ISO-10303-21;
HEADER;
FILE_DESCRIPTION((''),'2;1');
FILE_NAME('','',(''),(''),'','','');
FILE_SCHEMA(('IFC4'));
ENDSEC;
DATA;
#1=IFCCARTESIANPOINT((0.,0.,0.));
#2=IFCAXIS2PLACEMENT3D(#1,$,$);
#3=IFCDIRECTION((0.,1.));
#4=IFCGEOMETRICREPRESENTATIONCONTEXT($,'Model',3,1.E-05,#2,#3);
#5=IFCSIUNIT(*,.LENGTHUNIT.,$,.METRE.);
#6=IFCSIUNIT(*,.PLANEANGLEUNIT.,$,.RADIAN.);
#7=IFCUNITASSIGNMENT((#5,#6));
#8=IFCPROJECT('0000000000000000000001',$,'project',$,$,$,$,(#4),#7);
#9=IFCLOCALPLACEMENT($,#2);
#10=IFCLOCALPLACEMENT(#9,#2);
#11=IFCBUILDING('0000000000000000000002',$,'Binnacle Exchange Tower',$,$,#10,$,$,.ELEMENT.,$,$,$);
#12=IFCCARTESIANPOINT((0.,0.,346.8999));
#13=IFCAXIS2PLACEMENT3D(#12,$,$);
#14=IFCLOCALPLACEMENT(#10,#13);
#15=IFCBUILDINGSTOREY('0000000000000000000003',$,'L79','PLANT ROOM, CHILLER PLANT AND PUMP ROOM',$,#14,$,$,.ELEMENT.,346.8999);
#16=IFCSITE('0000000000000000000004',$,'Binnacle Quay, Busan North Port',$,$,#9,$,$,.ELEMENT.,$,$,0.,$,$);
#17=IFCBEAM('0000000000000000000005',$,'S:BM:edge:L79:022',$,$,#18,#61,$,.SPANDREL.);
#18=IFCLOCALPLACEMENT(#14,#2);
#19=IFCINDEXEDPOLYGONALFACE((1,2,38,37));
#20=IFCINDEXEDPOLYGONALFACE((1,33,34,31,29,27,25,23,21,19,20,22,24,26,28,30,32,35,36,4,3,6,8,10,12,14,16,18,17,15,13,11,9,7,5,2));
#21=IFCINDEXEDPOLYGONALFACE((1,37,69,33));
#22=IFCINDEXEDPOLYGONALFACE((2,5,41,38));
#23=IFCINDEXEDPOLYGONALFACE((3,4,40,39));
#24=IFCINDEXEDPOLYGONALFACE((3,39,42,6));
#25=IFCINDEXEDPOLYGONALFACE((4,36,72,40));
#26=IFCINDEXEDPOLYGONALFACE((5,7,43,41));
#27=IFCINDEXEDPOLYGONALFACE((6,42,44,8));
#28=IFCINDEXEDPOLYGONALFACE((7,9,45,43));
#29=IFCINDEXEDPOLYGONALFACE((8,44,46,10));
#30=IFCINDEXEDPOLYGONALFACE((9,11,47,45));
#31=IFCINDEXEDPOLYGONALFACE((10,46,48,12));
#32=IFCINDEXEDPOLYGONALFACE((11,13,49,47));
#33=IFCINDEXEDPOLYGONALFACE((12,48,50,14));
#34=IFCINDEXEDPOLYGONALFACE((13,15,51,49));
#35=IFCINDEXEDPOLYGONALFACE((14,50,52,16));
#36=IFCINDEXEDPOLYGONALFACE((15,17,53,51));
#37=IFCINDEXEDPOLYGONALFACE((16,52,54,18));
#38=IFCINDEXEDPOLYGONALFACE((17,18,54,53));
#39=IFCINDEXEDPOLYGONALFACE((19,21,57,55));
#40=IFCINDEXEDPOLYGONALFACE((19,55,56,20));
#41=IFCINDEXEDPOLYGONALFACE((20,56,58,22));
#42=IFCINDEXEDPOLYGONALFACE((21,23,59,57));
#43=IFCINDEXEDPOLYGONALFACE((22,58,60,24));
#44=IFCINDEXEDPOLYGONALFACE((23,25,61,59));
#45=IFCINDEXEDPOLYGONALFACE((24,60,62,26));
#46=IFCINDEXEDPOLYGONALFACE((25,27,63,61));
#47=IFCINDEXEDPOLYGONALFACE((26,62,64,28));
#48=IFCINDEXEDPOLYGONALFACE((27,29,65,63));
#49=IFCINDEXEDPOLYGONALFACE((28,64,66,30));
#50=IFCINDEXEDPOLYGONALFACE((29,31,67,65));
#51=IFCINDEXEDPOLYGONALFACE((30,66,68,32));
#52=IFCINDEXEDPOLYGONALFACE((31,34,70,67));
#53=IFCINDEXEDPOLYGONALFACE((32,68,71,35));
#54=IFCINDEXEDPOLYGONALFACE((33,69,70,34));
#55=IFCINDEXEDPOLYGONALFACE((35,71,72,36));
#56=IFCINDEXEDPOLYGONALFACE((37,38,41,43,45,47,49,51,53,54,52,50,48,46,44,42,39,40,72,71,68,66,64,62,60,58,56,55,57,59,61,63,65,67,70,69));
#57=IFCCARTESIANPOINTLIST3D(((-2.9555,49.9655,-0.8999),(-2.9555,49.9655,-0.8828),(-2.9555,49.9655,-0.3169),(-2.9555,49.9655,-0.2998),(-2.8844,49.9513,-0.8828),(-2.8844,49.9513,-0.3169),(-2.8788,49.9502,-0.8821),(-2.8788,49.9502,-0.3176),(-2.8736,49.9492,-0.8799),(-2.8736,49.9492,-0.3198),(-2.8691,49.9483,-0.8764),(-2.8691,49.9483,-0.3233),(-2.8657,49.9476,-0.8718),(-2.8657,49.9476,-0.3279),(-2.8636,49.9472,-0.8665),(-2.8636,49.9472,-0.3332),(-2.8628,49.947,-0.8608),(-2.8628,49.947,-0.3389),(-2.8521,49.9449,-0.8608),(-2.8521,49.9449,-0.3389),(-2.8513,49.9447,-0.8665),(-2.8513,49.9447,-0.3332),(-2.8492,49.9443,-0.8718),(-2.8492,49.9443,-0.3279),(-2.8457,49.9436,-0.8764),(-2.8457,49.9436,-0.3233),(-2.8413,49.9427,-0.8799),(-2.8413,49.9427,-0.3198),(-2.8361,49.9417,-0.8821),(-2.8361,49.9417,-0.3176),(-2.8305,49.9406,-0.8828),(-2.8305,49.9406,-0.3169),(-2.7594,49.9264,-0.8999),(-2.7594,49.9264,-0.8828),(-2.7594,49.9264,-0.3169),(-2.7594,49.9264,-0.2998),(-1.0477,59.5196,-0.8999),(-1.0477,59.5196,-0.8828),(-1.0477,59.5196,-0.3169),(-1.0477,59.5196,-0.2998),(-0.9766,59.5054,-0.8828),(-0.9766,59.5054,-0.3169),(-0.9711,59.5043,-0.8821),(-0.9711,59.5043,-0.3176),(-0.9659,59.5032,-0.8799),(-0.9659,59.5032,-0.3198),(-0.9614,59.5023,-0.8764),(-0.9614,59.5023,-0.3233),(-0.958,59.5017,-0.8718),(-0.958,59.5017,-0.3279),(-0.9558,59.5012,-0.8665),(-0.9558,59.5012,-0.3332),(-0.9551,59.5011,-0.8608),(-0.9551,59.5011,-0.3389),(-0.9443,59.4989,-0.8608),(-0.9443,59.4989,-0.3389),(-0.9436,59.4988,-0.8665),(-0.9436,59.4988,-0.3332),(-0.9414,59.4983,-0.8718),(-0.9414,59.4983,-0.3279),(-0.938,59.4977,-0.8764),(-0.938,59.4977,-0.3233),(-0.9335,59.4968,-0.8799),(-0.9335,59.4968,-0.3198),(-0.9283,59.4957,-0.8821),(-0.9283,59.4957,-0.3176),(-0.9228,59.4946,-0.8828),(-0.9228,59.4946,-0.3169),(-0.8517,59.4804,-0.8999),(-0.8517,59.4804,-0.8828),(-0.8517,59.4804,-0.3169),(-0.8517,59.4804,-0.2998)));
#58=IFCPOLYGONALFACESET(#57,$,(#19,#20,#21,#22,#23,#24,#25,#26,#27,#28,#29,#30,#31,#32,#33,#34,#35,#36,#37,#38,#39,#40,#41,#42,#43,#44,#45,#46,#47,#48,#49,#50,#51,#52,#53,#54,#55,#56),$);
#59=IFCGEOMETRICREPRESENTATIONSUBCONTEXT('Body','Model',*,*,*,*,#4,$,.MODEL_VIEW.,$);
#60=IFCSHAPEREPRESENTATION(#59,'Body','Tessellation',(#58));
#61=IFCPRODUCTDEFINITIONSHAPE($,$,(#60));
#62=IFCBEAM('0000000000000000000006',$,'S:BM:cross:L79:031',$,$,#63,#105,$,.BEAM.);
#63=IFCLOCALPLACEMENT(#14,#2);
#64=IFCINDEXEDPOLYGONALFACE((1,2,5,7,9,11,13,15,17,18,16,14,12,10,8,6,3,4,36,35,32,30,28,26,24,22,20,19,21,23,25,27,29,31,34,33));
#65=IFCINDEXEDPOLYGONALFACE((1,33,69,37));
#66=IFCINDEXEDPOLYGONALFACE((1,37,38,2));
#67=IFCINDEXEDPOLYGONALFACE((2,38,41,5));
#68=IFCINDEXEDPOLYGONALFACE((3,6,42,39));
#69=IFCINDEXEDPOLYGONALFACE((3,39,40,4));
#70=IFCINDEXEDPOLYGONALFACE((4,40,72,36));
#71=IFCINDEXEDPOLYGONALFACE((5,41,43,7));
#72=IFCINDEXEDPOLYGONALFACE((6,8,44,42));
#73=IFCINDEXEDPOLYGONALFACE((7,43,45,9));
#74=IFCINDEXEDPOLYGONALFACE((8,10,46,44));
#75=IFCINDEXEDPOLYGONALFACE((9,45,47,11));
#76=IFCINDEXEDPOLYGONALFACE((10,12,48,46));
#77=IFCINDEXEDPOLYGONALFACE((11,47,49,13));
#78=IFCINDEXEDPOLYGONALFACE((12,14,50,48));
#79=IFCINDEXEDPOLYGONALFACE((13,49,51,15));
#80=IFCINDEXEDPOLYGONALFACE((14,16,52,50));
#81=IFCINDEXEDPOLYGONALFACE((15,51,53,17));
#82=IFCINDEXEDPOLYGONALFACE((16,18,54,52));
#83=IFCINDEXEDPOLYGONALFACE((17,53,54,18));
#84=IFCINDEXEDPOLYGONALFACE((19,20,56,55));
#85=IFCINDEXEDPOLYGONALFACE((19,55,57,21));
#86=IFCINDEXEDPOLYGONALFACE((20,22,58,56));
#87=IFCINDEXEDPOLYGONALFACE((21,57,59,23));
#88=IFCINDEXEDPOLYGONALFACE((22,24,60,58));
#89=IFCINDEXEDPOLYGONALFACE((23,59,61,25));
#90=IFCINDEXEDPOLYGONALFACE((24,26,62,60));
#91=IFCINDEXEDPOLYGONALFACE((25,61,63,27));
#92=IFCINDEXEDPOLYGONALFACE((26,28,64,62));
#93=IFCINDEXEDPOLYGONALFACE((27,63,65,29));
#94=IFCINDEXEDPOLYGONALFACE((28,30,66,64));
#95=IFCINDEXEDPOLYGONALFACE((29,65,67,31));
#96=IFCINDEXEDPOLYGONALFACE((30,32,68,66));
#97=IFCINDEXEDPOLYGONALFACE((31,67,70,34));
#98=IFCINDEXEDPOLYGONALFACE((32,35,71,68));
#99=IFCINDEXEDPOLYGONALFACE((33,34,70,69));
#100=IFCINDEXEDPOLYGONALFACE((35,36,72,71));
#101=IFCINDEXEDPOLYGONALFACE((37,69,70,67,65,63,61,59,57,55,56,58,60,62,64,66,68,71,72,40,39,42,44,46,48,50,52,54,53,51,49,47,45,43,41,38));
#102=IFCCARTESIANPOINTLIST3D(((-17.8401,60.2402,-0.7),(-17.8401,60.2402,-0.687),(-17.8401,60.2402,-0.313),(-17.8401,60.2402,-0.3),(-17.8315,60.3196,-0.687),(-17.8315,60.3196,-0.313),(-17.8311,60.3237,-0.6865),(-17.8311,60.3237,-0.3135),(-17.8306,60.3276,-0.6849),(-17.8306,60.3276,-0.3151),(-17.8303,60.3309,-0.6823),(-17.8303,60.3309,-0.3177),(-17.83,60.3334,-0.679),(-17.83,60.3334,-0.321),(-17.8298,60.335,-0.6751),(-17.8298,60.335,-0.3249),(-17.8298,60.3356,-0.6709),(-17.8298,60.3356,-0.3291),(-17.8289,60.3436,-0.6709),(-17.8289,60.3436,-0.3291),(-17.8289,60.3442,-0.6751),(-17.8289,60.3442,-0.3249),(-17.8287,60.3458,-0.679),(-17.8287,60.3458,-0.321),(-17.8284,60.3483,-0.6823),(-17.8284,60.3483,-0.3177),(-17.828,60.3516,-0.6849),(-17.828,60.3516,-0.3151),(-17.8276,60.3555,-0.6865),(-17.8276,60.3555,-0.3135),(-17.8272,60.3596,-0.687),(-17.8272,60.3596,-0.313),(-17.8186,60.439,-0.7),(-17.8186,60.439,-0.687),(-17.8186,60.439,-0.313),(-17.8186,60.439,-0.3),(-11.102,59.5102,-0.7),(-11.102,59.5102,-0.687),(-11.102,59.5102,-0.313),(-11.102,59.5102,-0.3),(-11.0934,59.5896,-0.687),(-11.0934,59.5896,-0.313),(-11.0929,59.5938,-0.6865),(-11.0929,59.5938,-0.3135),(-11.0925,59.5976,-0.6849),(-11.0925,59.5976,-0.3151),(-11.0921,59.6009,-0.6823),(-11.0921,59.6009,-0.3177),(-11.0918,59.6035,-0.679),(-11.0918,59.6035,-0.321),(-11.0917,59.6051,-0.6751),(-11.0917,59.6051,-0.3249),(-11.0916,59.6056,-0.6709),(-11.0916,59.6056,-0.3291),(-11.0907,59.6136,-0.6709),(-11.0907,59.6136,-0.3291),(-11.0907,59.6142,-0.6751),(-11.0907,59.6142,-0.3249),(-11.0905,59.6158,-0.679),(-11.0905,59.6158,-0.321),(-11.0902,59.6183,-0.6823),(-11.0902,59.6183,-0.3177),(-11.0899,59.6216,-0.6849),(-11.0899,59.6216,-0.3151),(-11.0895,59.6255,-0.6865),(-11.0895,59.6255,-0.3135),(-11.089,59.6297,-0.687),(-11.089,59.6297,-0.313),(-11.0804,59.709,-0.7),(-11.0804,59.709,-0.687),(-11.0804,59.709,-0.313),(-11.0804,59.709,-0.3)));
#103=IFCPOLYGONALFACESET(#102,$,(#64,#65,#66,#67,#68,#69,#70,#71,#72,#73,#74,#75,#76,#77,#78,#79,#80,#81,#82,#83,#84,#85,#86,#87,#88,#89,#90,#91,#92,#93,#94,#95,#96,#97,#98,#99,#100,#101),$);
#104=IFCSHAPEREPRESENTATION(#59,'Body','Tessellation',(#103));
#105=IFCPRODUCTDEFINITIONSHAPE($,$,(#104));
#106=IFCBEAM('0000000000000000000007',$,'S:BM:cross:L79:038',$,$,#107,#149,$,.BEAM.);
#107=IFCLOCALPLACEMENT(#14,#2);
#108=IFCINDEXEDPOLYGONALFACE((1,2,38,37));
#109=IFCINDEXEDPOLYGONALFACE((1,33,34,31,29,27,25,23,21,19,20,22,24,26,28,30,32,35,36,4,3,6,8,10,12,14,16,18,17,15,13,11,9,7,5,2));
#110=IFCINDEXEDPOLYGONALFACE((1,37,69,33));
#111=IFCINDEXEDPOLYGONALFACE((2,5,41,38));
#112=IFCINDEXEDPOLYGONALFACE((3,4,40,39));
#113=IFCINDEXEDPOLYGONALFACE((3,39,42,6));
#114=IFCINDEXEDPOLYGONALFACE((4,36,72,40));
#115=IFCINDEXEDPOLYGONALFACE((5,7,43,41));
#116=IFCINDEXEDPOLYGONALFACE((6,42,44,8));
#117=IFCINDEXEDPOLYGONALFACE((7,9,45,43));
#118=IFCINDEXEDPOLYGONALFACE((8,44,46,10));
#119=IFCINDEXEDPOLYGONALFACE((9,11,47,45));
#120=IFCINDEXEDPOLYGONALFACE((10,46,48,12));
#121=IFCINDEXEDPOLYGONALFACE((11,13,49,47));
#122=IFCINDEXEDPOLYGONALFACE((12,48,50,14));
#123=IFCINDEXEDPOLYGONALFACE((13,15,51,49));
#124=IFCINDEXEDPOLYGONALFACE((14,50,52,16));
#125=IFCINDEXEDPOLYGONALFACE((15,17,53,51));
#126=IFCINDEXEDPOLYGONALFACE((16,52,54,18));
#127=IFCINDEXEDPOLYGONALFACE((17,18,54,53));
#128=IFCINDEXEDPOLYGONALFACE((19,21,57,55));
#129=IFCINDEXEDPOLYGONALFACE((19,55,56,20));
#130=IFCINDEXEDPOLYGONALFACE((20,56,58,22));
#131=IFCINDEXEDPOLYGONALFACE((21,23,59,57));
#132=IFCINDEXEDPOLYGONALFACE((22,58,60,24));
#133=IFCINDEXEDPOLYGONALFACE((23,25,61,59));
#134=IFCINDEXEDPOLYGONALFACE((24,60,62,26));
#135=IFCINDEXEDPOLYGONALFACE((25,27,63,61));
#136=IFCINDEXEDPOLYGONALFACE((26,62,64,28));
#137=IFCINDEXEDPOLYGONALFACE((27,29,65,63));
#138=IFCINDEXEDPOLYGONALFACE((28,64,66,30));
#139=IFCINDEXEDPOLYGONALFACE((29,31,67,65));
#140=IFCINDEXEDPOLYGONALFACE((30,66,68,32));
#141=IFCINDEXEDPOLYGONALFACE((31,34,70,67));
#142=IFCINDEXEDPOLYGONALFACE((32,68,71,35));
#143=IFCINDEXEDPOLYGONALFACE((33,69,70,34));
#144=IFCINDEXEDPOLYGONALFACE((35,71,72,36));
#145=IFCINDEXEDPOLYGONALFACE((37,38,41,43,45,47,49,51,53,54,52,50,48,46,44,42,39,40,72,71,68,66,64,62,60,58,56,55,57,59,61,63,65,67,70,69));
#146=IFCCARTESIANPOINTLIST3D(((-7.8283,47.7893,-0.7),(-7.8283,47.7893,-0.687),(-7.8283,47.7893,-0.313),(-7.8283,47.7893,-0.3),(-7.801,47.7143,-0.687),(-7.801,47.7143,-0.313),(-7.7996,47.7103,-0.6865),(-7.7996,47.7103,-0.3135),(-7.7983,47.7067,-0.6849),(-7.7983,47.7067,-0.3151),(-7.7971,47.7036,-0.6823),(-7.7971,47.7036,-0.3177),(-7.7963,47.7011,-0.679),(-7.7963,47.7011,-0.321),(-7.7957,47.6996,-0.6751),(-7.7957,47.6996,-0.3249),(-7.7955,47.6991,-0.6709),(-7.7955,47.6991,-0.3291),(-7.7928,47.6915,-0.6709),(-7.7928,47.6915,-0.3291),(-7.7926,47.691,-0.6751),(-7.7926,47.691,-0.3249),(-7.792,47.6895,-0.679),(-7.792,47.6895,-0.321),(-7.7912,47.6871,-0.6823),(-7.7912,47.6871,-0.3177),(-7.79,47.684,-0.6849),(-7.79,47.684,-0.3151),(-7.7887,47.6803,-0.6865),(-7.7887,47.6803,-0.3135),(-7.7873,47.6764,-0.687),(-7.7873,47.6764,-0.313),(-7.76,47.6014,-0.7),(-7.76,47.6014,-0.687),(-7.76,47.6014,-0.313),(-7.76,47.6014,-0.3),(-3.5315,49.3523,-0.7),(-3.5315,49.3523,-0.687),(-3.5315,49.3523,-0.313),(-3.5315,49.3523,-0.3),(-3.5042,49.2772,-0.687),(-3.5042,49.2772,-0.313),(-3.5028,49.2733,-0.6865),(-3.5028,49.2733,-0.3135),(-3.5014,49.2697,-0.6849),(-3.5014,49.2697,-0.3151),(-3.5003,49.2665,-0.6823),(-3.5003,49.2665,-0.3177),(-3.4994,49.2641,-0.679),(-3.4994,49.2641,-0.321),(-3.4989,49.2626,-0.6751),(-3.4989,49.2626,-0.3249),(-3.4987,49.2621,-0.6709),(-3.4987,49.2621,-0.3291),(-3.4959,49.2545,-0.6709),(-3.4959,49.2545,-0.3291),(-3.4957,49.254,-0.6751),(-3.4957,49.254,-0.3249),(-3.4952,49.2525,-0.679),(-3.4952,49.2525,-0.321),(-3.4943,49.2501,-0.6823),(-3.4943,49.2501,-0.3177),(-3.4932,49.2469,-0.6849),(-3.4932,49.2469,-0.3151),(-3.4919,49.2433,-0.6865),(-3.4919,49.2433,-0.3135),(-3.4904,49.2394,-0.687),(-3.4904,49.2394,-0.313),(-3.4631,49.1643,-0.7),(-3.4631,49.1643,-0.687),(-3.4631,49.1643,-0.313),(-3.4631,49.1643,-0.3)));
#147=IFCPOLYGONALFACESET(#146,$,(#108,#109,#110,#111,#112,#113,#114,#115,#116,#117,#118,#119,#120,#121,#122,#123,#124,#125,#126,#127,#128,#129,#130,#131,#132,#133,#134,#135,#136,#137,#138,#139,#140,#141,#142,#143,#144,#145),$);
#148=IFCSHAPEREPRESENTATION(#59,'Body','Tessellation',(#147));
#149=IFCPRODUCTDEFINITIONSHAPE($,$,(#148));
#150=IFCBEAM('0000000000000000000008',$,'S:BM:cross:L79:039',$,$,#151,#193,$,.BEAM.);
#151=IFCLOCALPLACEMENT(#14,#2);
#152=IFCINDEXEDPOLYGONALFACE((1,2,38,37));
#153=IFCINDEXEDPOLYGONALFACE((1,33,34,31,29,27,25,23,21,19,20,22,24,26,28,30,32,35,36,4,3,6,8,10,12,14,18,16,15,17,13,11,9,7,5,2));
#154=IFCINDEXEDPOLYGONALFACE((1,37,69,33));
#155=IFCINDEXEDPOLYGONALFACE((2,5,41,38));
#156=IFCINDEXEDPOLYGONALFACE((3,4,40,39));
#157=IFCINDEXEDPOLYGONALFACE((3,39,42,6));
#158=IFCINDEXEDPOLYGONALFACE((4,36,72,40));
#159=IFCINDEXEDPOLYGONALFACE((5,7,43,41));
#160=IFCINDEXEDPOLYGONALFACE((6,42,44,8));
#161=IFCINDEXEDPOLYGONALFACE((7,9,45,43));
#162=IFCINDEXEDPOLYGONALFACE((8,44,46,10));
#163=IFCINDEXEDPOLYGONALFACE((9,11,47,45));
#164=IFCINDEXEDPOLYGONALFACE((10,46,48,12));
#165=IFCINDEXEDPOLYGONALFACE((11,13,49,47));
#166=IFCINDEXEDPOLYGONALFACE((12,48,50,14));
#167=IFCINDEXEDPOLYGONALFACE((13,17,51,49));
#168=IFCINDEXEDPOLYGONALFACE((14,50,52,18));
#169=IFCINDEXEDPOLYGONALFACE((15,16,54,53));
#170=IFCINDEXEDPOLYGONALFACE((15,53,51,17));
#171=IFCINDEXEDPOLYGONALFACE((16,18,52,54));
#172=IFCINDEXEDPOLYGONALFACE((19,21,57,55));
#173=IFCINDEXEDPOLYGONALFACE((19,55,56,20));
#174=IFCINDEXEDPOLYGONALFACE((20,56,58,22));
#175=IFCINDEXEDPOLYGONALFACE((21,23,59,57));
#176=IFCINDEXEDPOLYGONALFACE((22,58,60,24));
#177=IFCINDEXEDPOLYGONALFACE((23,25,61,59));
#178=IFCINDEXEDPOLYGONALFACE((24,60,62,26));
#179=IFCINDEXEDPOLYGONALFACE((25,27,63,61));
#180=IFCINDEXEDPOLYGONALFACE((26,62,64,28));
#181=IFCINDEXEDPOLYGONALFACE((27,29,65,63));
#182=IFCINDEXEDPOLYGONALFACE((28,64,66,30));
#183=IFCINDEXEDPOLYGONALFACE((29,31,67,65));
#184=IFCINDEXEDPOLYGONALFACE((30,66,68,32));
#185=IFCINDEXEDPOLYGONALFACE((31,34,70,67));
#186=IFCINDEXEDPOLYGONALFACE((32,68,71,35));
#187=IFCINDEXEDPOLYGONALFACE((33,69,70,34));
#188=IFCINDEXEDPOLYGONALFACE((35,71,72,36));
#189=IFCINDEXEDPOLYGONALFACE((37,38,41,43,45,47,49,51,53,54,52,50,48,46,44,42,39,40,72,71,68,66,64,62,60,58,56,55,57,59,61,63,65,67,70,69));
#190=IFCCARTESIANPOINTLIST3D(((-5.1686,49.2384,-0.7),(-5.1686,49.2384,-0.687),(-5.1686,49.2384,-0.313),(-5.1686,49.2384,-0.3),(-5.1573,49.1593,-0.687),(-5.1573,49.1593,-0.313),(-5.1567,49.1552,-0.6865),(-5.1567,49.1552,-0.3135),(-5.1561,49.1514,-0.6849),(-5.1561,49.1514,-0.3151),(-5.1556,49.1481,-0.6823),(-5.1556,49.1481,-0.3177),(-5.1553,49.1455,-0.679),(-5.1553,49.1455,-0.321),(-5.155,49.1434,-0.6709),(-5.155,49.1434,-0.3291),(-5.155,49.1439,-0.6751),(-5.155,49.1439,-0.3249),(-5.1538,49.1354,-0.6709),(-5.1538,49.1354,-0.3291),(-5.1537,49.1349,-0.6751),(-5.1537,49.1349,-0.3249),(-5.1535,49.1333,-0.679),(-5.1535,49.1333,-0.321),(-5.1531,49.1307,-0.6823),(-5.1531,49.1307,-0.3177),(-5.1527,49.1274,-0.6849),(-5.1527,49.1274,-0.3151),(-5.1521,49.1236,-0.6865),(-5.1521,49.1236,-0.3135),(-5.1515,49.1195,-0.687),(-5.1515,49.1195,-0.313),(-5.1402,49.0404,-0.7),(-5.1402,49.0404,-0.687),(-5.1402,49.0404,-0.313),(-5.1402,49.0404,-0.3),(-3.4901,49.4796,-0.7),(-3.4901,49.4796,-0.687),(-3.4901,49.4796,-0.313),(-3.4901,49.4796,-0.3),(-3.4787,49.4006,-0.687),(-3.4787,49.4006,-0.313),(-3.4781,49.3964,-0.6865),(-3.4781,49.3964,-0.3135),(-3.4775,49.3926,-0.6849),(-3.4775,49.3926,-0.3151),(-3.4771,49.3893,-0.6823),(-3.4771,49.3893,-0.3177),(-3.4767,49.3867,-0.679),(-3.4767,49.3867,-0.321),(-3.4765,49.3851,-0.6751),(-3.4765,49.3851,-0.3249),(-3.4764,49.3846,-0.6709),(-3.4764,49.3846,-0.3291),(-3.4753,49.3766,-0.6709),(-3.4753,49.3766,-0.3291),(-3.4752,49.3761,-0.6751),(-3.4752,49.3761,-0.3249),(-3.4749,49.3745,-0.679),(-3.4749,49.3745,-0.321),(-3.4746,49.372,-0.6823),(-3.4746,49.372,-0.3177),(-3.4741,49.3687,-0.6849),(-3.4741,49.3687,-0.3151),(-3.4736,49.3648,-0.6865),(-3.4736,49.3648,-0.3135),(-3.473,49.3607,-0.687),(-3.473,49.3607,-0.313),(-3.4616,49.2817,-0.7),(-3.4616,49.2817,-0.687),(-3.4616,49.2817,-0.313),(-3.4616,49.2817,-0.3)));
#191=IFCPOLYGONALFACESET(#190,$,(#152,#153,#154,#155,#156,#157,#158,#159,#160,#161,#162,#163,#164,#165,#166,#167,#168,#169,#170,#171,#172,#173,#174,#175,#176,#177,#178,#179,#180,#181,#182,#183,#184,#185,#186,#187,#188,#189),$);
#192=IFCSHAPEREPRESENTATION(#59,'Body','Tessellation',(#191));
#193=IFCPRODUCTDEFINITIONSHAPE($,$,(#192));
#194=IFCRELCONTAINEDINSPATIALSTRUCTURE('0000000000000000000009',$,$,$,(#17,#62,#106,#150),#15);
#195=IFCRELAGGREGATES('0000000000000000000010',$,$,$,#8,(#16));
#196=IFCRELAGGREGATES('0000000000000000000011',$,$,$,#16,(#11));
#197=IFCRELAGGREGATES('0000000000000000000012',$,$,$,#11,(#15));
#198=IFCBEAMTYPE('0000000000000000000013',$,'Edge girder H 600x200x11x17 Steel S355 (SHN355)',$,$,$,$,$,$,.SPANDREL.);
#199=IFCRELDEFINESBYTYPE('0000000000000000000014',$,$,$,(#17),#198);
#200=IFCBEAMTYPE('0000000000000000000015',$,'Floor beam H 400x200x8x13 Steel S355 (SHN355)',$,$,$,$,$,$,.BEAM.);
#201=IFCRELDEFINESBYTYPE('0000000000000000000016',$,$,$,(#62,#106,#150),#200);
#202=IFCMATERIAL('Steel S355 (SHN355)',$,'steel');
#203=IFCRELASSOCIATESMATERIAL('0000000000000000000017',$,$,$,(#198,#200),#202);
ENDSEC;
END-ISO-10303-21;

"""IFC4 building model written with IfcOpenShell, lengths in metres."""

from ifc_helpers import new_model, si_unit, direction, frame, origin, origin_2d, place, context, subcontext, project, spatial, i_section, extrude, material, material_profile, profile_set, type_object, element, save


model = new_model("IFC4")

# Units and contexts
model_context = context("Model", 3, precision=1e-05, world=origin(), true_north=direction((0.0, 1.0)))
body_context = subcontext(model_context, "Body", "Model", "MODEL_VIEW")
ifc_project = project(units=[si_unit("LENGTHUNIT", "METRE"), si_unit("PLANEANGLEUNIT", "RADIAN")], contexts=[model_context])

# Site, building, storey
site_placement = place(None, origin())
site = spatial("IfcSite", under=ifc_project, at=site_placement, Name="Binnacle Quay, Busan North Port", CompositionType="ELEMENT", RefElevation=0.0)
building_placement = place(site_placement, origin())
building = spatial("IfcBuilding", under=site, at=building_placement, Name="Binnacle Exchange Tower", CompositionType="ELEMENT")
storey_placement = place(building_placement, frame((0.0, 0.0, 346.8999)))
storey = spatial("IfcBuildingStorey", under=building, at=storey_placement, Name="L79", Description="PLANT ROOM, CHILLER PLANT AND PUMP ROOM", CompositionType="ELEMENT", Elevation=346.8999)

# Shared definitions
ifc_material_1 = material(Name="Steel S355 (SHN355)", Category="steel")

# Beams
ifc_material_profile_1 = material_profile(ifc_material_1, i_section(OverallWidth=0.2, OverallDepth=0.6001, WebThickness=0.011, FlangeThickness=0.0171, FilletRadius=0.022, at=origin_2d()), Name="H 600x200x11x17")
ifc_profile_set_1 = profile_set([ifc_material_profile_1], Name="Steel S355 (SHN355)")
beam_type_1 = type_object("IfcBeamType", Name="Edge girder H 600x200x11x17 Steel S355 (SHN355)", PredefinedType="SPANDREL", material=ifc_profile_set_1)
beam_1_placement = place(storey_placement, frame((-0.9497, 59.5, -0.5999), z_axis=(-0.195813, -0.980641, 0.0), x_axis=(0.980641, -0.195813, 0.0)))
element("IfcBeam", 1, at=beam_1_placement, inside=storey, type_object=beam_type_1, Name="S:BM:edge:L79:022", PredefinedType="SPANDREL", context=body_context, shape_type="SweptSolid", body=[
    extrude(i_section(OverallWidth=0.2, OverallDepth=0.6001, WebThickness=0.011, FlangeThickness=0.0171, FilletRadius=0.022, at=origin_2d()), origin(), (0.0, 0.0, 1.0), 9.7427),
])
ifc_material_profile_2 = material_profile(ifc_material_1, i_section(OverallWidth=0.2, OverallDepth=0.3999, WebThickness=0.0081, FlangeThickness=0.0129, FilletRadius=0.0161, at=origin_2d()), Name="H 400x200x8x13")
ifc_profile_set_2 = profile_set([ifc_material_profile_2], Name="Steel S355 (SHN355)")
beam_type_2 = type_object("IfcBeamType", Name="Floor beam H 400x200x8x13 Steel S355 (SHN355)", PredefinedType="BEAM", material=ifc_profile_set_2)
beam_2_placement = place(storey_placement, frame((-17.8293, 60.3396, -0.5), z_axis=(0.994183, -0.107703, 0.0), x_axis=(0.107703, 0.994183, 0.0)))
element("IfcBeam", 2, at=beam_2_placement, inside=storey, type_object=beam_type_2, Name="S:BM:cross:L79:031", PredefinedType="BEAM", context=body_context, shape_type="SweptSolid", body=[
    extrude(i_section(OverallWidth=0.2, OverallDepth=0.3999, WebThickness=0.0081, FlangeThickness=0.0129, FilletRadius=0.0161, at=origin_2d()), origin(), (0.0, 0.0, 1.0), 6.7776),
])
beam_3_placement = place(storey_placement, frame((-3.4973, 49.2583, -0.5), z_axis=(-0.939759, -0.341837, 0.0), x_axis=(0.341837, -0.939759, 0.0)))
element("IfcBeam", 3, at=beam_3_placement, inside=storey, type_object=beam_type_2, Name="S:BM:cross:L79:038", PredefinedType="BEAM", context=body_context, shape_type="SweptSolid", body=[
    extrude(i_section(OverallWidth=0.2, OverallDepth=0.3999, WebThickness=0.0081, FlangeThickness=0.0129, FilletRadius=0.0161, at=origin_2d()), origin(), (0.0, 0.0, 1.0), 4.5723),
])
beam_4_placement = place(storey_placement, frame((-3.4758, 49.3806, -0.5), z_axis=(-0.989831, -0.142248, 0.0), x_axis=(0.142248, -0.989831, 0.0)))
element("IfcBeam", 4, at=beam_4_placement, inside=storey, type_object=beam_type_2, Name="S:BM:cross:L79:039", PredefinedType="BEAM", context=body_context, shape_type="SweptSolid", body=[
    extrude(i_section(OverallWidth=0.2, OverallDepth=0.3999, WebThickness=0.0081, FlangeThickness=0.0129, FilletRadius=0.0161, at=origin_2d()), origin(), (0.0, 0.0, 1.0), 1.6958),
])

save(model, "model.ifc")
